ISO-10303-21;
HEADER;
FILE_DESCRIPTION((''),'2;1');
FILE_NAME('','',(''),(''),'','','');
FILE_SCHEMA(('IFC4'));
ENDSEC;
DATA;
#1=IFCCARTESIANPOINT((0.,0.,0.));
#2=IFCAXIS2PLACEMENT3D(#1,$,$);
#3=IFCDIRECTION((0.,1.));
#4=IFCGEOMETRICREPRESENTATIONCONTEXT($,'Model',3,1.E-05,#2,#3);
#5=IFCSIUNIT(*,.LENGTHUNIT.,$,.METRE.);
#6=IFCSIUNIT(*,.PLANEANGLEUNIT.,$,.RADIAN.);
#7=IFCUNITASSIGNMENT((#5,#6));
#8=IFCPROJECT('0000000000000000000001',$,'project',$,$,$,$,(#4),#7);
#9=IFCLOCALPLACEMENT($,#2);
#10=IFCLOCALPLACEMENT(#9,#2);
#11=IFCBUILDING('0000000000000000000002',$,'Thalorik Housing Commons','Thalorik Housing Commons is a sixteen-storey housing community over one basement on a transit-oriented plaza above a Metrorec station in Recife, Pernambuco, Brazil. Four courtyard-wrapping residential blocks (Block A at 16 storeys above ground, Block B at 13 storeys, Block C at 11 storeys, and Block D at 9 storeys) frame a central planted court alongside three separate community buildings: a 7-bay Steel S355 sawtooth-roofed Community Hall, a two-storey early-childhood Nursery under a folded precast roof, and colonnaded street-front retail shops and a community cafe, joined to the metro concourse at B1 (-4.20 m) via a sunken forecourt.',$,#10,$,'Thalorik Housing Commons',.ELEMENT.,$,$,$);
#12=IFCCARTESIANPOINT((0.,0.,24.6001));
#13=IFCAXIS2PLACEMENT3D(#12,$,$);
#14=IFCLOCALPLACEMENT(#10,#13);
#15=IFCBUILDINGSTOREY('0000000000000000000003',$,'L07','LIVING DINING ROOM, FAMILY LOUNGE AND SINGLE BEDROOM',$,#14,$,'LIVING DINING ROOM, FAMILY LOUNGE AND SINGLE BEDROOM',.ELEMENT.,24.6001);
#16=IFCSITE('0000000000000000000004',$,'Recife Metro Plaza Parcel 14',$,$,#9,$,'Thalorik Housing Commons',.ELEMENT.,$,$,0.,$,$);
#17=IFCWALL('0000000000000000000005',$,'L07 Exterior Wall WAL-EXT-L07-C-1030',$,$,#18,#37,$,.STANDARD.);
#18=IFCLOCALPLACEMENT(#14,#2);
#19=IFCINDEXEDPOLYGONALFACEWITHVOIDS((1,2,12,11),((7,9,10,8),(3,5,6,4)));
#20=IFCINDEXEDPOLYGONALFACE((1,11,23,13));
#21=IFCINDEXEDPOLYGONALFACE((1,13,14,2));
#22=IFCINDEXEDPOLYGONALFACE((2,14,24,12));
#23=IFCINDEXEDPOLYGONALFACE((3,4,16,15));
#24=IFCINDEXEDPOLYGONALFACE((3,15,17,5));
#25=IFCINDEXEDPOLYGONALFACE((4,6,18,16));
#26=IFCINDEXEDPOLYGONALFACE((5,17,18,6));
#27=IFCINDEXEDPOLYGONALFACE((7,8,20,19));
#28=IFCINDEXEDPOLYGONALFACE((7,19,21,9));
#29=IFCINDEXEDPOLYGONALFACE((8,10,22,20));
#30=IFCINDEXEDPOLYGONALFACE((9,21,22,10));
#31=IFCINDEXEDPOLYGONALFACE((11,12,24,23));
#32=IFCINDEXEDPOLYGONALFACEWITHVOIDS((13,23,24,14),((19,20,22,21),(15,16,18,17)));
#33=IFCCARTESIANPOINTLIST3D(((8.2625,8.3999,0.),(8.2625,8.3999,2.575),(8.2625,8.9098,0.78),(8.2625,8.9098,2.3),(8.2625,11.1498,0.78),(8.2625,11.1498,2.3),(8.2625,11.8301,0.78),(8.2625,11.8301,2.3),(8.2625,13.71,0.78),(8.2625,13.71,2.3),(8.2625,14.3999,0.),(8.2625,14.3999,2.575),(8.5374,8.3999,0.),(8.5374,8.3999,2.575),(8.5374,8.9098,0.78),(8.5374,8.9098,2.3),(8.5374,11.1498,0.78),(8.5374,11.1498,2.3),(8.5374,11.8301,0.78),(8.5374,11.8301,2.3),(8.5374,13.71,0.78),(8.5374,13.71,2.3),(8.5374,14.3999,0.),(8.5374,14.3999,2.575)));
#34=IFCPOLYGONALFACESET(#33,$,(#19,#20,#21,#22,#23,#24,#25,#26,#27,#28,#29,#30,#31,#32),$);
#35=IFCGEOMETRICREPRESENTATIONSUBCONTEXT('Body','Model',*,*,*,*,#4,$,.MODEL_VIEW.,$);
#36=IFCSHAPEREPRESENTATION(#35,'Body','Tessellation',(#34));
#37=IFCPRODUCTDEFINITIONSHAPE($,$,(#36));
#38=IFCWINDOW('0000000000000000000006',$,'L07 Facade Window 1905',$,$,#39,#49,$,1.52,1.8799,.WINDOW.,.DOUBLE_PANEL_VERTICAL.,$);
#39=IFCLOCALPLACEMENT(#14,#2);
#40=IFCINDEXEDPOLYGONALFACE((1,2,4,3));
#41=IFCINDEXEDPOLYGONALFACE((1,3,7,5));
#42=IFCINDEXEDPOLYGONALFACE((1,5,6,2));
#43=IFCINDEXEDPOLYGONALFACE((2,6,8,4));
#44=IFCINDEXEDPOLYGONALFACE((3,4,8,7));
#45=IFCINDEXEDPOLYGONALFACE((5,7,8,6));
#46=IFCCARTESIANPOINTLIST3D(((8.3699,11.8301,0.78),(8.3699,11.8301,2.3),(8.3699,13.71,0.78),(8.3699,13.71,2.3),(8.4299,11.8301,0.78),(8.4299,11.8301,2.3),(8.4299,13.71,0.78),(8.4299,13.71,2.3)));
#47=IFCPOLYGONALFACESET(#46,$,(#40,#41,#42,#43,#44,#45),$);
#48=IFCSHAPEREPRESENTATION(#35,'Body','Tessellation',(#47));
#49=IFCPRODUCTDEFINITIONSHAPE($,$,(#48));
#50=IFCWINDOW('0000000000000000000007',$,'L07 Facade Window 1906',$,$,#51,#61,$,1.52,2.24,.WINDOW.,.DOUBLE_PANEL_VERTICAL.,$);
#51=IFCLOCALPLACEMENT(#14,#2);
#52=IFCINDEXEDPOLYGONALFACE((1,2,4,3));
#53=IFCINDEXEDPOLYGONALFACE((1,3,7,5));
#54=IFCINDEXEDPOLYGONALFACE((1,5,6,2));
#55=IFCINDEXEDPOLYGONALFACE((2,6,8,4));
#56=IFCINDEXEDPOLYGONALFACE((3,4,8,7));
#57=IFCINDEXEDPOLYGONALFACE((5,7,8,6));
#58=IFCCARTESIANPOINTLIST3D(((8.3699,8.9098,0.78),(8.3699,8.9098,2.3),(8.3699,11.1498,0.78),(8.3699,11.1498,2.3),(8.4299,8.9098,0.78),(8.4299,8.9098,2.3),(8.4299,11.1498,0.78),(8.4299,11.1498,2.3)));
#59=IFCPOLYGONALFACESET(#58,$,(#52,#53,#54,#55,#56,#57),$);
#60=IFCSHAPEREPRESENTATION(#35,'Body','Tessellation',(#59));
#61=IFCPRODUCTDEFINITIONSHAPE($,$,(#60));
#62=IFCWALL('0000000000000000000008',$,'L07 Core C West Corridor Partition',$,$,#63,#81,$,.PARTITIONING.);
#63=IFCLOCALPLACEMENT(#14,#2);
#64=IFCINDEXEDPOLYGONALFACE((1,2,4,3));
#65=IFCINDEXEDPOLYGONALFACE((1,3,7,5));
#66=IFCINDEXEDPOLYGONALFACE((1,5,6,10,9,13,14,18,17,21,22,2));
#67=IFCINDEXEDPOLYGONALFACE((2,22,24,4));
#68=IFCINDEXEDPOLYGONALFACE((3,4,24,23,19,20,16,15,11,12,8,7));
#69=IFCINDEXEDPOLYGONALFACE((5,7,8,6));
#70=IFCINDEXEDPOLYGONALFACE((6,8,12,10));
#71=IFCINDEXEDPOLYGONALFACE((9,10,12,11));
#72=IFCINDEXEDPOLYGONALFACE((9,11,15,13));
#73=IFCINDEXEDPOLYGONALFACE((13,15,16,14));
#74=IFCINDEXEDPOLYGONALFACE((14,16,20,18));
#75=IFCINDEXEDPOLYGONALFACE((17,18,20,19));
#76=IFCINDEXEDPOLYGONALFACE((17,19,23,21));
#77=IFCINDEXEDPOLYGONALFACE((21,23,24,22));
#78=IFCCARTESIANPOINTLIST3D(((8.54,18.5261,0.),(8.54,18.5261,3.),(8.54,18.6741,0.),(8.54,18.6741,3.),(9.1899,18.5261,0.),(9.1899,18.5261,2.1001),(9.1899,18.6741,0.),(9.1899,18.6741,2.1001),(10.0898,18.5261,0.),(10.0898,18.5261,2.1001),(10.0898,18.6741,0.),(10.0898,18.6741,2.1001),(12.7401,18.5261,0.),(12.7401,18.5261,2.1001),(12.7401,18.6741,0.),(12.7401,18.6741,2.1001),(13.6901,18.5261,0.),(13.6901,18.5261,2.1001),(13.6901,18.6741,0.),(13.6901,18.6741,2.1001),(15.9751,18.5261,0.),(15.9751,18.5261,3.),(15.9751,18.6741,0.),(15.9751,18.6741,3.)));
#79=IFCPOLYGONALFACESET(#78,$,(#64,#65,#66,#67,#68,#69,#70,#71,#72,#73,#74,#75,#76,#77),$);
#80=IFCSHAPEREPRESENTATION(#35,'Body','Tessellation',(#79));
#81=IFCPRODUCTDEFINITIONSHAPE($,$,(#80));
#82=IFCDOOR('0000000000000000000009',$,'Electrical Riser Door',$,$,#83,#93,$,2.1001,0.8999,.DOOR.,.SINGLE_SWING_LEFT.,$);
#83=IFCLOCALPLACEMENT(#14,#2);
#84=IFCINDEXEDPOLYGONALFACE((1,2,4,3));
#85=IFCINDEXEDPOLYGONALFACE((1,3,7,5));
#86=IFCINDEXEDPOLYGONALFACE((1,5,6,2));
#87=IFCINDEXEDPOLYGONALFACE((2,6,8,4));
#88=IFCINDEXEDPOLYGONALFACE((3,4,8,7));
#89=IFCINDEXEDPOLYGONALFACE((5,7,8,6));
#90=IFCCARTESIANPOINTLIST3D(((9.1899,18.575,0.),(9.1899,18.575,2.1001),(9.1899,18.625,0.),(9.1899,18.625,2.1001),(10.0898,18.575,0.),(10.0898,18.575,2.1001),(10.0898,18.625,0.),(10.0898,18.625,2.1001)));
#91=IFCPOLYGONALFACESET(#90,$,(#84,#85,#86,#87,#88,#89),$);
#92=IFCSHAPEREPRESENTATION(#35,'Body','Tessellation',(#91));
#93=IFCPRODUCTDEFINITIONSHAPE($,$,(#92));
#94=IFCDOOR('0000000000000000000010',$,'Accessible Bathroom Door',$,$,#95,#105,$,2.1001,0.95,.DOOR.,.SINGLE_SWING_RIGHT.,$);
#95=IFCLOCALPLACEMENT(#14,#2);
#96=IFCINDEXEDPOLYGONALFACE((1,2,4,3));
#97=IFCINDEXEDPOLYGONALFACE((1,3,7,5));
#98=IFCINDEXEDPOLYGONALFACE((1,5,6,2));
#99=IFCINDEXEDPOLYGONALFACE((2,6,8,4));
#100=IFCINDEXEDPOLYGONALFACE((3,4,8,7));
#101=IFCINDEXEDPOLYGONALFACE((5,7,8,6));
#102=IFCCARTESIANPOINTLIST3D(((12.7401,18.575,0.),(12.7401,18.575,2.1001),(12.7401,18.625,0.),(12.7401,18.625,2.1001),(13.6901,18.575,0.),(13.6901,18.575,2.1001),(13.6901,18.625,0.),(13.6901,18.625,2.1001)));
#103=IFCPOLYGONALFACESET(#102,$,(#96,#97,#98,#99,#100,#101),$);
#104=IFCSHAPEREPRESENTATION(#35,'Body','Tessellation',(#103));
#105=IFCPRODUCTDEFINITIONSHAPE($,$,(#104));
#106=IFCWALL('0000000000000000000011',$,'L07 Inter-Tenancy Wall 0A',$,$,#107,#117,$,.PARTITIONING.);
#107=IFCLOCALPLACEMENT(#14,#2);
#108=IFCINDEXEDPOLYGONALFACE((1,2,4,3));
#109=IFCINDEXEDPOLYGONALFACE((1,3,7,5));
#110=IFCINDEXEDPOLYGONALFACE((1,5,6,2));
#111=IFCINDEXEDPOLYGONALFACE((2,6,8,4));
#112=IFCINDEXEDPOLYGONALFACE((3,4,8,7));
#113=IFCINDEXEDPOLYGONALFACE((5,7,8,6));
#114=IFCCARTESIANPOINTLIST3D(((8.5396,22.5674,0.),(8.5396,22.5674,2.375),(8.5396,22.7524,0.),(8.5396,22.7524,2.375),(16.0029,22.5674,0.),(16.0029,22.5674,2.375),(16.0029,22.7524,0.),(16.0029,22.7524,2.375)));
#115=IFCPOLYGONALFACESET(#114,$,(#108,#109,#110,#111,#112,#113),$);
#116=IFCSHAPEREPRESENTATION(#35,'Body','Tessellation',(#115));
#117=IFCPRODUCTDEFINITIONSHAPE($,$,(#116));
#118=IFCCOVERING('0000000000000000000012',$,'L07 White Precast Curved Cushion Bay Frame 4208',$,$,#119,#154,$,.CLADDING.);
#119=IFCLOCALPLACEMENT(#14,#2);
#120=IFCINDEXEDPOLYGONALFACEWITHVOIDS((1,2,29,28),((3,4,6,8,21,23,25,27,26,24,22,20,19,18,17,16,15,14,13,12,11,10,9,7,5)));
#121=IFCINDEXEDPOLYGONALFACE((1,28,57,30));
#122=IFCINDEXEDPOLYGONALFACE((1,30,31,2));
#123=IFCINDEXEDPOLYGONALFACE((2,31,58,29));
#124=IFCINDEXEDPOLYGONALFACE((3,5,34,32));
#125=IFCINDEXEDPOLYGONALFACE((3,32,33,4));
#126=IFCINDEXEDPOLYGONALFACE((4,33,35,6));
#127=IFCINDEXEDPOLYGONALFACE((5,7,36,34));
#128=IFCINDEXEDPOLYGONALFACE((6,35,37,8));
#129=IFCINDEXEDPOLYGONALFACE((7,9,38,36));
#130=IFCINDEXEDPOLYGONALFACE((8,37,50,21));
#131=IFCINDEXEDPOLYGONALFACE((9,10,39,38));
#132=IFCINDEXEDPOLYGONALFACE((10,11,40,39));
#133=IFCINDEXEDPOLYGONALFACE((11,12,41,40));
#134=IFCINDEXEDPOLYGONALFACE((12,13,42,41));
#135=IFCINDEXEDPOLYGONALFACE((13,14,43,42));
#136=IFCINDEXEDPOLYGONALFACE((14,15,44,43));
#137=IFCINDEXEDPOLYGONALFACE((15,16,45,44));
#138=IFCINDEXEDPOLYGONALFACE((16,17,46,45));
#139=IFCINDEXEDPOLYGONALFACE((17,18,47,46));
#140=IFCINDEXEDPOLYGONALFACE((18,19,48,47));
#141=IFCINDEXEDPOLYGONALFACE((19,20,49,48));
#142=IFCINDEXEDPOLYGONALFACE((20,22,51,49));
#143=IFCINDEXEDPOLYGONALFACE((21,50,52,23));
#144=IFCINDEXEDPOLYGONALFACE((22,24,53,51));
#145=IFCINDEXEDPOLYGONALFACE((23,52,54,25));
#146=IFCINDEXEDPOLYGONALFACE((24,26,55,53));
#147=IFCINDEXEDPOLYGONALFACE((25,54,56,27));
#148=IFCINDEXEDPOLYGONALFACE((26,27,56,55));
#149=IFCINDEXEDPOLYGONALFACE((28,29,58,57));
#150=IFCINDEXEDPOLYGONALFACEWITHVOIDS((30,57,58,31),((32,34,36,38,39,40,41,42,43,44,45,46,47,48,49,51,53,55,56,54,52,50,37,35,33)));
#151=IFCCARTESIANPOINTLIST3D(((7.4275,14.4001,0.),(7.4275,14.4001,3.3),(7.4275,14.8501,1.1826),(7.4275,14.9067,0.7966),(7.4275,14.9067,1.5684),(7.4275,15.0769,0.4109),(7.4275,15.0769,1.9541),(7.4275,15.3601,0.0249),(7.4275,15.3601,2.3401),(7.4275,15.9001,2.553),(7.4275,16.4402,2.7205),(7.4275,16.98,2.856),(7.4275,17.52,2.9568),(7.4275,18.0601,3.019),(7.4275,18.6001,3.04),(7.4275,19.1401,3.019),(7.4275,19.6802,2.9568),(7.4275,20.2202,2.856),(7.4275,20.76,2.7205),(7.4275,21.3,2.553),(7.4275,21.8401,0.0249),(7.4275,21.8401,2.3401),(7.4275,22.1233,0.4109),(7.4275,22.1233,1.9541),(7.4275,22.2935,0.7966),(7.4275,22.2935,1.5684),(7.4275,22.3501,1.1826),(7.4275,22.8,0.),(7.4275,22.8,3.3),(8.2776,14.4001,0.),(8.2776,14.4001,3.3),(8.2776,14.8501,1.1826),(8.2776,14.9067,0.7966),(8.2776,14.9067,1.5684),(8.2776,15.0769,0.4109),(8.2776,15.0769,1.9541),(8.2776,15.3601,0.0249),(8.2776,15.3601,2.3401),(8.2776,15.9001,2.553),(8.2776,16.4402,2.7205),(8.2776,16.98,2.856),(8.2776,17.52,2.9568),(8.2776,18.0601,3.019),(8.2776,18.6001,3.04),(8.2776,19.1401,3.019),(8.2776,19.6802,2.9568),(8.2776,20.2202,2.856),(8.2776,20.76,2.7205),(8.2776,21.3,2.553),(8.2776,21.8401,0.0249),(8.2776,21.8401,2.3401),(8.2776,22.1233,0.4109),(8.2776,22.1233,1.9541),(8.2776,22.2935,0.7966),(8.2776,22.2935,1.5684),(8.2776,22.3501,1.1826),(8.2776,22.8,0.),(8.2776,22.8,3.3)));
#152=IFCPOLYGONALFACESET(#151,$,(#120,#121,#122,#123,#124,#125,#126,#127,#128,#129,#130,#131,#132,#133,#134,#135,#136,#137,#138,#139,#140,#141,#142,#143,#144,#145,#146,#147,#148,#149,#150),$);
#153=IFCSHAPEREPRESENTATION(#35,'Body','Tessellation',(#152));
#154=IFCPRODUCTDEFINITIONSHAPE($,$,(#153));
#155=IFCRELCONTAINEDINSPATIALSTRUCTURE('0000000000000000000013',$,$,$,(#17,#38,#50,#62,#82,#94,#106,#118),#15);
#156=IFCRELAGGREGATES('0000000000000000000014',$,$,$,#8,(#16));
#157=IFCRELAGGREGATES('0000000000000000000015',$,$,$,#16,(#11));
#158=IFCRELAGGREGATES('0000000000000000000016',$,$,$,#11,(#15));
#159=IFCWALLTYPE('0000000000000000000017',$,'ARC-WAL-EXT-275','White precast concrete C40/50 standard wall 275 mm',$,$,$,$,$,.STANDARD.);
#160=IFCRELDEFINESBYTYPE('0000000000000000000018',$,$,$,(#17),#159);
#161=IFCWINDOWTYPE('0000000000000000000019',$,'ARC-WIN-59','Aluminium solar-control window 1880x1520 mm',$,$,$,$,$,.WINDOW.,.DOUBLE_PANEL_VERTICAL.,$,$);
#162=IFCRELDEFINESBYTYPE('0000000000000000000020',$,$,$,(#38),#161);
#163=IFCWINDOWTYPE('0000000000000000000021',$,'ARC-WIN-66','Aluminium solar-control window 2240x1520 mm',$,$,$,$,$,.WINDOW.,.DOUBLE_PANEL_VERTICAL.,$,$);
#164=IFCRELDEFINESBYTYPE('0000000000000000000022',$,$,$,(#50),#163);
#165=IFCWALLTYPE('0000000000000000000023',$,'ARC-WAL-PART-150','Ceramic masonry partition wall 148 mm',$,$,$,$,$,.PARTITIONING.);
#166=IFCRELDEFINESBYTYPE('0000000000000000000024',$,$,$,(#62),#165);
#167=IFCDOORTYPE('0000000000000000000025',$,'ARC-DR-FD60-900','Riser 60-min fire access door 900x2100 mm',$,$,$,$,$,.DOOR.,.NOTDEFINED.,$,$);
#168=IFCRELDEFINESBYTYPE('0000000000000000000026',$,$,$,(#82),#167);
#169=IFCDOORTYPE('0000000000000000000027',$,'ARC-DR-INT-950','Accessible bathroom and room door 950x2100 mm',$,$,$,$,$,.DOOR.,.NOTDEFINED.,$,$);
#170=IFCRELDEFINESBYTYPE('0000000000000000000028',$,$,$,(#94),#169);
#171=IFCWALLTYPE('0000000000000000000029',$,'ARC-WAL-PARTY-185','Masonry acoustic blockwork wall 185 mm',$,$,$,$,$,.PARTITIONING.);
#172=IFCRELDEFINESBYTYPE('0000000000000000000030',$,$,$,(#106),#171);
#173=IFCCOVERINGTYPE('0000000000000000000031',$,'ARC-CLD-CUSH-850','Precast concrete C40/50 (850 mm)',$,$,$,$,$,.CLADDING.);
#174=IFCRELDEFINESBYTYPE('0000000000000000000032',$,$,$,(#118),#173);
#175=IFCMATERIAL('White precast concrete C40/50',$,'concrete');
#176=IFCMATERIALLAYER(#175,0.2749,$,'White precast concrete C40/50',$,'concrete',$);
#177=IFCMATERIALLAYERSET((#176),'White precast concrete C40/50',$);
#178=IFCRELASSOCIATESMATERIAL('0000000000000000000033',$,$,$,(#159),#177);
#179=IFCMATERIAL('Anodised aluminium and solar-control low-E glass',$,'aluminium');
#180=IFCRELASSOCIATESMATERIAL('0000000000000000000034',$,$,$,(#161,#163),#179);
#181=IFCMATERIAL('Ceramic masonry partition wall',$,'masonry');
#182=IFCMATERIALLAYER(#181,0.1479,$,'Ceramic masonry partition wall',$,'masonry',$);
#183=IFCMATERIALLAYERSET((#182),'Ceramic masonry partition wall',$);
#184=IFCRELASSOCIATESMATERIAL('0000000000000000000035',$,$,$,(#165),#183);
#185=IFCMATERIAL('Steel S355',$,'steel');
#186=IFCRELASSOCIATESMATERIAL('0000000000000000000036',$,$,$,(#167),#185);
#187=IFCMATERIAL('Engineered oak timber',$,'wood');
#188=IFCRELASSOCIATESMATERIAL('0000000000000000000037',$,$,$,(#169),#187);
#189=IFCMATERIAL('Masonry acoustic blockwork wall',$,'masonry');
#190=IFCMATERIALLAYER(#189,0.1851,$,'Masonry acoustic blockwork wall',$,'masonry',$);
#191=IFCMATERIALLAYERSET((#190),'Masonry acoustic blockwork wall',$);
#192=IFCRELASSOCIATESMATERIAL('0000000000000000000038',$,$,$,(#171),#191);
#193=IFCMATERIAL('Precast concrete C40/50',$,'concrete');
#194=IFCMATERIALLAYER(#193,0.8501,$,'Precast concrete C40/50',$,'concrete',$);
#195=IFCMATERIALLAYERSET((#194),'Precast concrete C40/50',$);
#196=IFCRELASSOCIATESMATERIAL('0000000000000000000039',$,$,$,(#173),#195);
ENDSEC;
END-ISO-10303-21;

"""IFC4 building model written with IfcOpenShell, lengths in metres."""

from ifc_helpers import new_model, si_unit, direction, frame, frame_2d, origin, place, context, subcontext, project, spatial, polyline, rectangle, outline, extrude, material, layer, layer_set, type_object, element, fill, save


model = new_model("IFC4")

# Units and contexts
model_context = context("Model", 3, precision=1e-05, world=origin(), true_north=direction((0.0, 1.0)))
body_context = subcontext(model_context, "Body", "Model", "MODEL_VIEW")
ifc_project = project(units=[si_unit("LENGTHUNIT", "METRE"), si_unit("PLANEANGLEUNIT", "RADIAN")], contexts=[model_context])

# Site, building, storey
site_placement = place(None, origin())
site = spatial("IfcSite", under=ifc_project, at=site_placement, Name="Recife Metro Plaza Parcel 14", LongName="Thalorik Housing Commons", CompositionType="ELEMENT", RefElevation=0.0)
building_placement = place(site_placement, origin())
building = spatial("IfcBuilding", under=site, at=building_placement, Name="Thalorik Housing Commons", Description="Thalorik Housing Commons is a sixteen-storey housing community over one basement on a transit-oriented plaza above a Metrorec station in Recife, Pernambuco, Brazil. Four courtyard-wrapping residential blocks (Block A at 16 storeys above ground, Block B at 13 storeys, Block C at 11 storeys, and Block D at 9 storeys) frame a central planted court alongside three separate community buildings: a 7-bay Steel S355 sawtooth-roofed Community Hall, a two-storey early-childhood Nursery under a folded precast roof, and colonnaded street-front retail shops and a community cafe, joined to the metro concourse at B1 (-4.20 m) via a sunken forecourt.", LongName="Thalorik Housing Commons", CompositionType="ELEMENT")
storey_placement = place(building_placement, frame((0.0, 0.0, 24.6001)))
storey = spatial("IfcBuildingStorey", under=building, at=storey_placement, Name="L07", Description="LIVING DINING ROOM, FAMILY LOUNGE AND SINGLE BEDROOM", LongName="LIVING DINING ROOM, FAMILY LOUNGE AND SINGLE BEDROOM", CompositionType="ELEMENT", Elevation=24.6001)

# Shared definitions
ifc_material_1 = material(Name="Precast concrete C40/50", Category="concrete")

# Shared definitions
ifc_material_2 = material(Name="Steel S355", Category="steel")

# Wall, openings, windows
ifc_material_3 = material(Name="White precast concrete C40/50", Category="concrete")
ifc_layer_1 = layer(ifc_material_3, 0.2749, Name="White precast concrete C40/50", Category="concrete")
ifc_layer_set_1 = layer_set([ifc_layer_1], Name="White precast concrete C40/50")
wall_type_1 = type_object("IfcWallType", Name="ARC-WAL-EXT-275", Description="White precast concrete C40/50 standard wall 275 mm", PredefinedType="STANDARD", material=ifc_layer_set_1)
ifc_material_4 = material(Name="Anodised aluminium and solar-control low-E glass", Category="aluminium")
wall_1_placement = place(storey_placement, frame((8.3999, 14.3999, 0.0), z_axis=(0.0, 0.0, 1.0), x_axis=(0.0, -1.0, 0.0)))
wall_1 = element("IfcWall", 1, at=wall_1_placement, inside=storey, type_object=wall_type_1, Name="L07 Exterior Wall WAL-EXT-L07-C-1030", PredefinedType="STANDARD", context=body_context, shape_type="SweptSolid", body=[
    extrude(rectangle(XDim=6.0, YDim=0.2749, at=frame_2d((3.0, 0.0))), origin(), (0.0, 0.0, 1.0), 2.575),
])
opening_1_placement = place(wall_1_placement, frame((0.6899, 0.0, 0.78)))
opening_1 = element("IfcOpeningElement", 2, at=opening_1_placement, cuts=wall_1, PredefinedType="OPENING", context=body_context, shape_type="SweptSolid", body=[
    extrude(rectangle(XDim=1.8799, YDim=1.52, at=frame_2d((0.9399, 0.76))), frame((0.0, 0.1475, 0.0), z_axis=(0.0, -1.0, 0.0), x_axis=(1.0, 0.0, 0.0)), (0.0, 0.0, 1.0), 0.2949),
])
opening_2_placement = place(wall_1_placement, frame((3.25, 0.0, 0.78)))
opening_2 = element("IfcOpeningElement", 3, at=opening_2_placement, cuts=wall_1, PredefinedType="OPENING", context=body_context, shape_type="SweptSolid", body=[
    extrude(rectangle(XDim=2.24, YDim=1.52, at=frame_2d((1.1201, 0.76))), frame((0.0, 0.1475, 0.0), z_axis=(0.0, -1.0, 0.0), x_axis=(1.0, 0.0, 0.0)), (0.0, 0.0, 1.0), 0.2949),
])
window_type_1 = type_object("IfcWindowType", Name="ARC-WIN-59", Description="Aluminium solar-control window 1880x1520 mm", PartitioningType="DOUBLE_PANEL_VERTICAL", PredefinedType="WINDOW", material=ifc_material_4)
window_1_placement = place(opening_1_placement, origin())
window_1 = element("IfcWindow", 4, at=window_1_placement, inside=storey, type_object=window_type_1, Name="L07 Facade Window 1905", OverallHeight=1.52, OverallWidth=1.8799, PartitioningType="DOUBLE_PANEL_VERTICAL", PredefinedType="WINDOW", context=body_context, shape_type="SweptSolid", body=[
    extrude(rectangle(XDim=1.8799, YDim=1.52, at=frame_2d((0.9399, 0.76))), frame((0.0, 0.03, 0.0), z_axis=(0.0, -1.0, 0.0), x_axis=(1.0, 0.0, 0.0)), (0.0, 0.0, 1.0), 0.0601),
])
fill(opening_1, window_1)
window_type_2 = type_object("IfcWindowType", Name="ARC-WIN-66", Description="Aluminium solar-control window 2240x1520 mm", PartitioningType="DOUBLE_PANEL_VERTICAL", PredefinedType="WINDOW", material=ifc_material_4)
window_2_placement = place(opening_2_placement, origin())
window_2 = element("IfcWindow", 5, at=window_2_placement, inside=storey, type_object=window_type_2, Name="L07 Facade Window 1906", OverallHeight=1.52, OverallWidth=2.24, PartitioningType="DOUBLE_PANEL_VERTICAL", PredefinedType="WINDOW", context=body_context, shape_type="SweptSolid", body=[
    extrude(rectangle(XDim=2.24, YDim=1.52, at=frame_2d((1.1201, 0.76))), frame((0.0, 0.03, 0.0), z_axis=(0.0, -1.0, 0.0), x_axis=(1.0, 0.0, 0.0)), (0.0, 0.0, 1.0), 0.0601),
])
fill(opening_2, window_2)

# Wall, openings, doors
ifc_material_5 = material(Name="Ceramic masonry partition wall", Category="masonry")
ifc_layer_2 = layer(ifc_material_5, 0.1479, Name="Ceramic masonry partition wall", Category="masonry")
ifc_layer_set_2 = layer_set([ifc_layer_2], Name="Ceramic masonry partition wall")
wall_type_2 = type_object("IfcWallType", Name="ARC-WAL-PART-150", Description="Ceramic masonry partition wall 148 mm", PredefinedType="PARTITIONING", material=ifc_layer_set_2)
wall_2_placement = place(storey_placement, frame((8.54, 18.6001, 0.0), z_axis=(0.0, 0.0, 1.0), x_axis=(1.0, 0.0, 0.0)))
wall_2 = element("IfcWall", 6, at=wall_2_placement, inside=storey, type_object=wall_type_2, Name="L07 Core C West Corridor Partition", PredefinedType="PARTITIONING", context=body_context, shape_type="SweptSolid", body=[
    extrude(rectangle(XDim=7.4351, YDim=0.1479, at=frame_2d((3.7175, 0.0))), origin(), (0.0, 0.0, 1.0), 3.0),
])
opening_3_placement = place(wall_2_placement, frame((0.6499, 0.0, 0.0)))
opening_3 = element("IfcOpeningElement", 7, at=opening_3_placement, cuts=wall_2, PredefinedType="OPENING", context=body_context, shape_type="SweptSolid", body=[
    extrude(rectangle(XDim=0.8999, YDim=2.1001, at=frame_2d((0.45, 1.05))), frame((0.0, 0.084, 0.0), z_axis=(0.0, -1.0, 0.0), x_axis=(1.0, 0.0, 0.0)), (0.0, 0.0, 1.0), 0.168),
])
opening_4_placement = place(wall_2_placement, frame((4.2, 0.0, 0.0)))
opening_4 = element("IfcOpeningElement", 8, at=opening_4_placement, cuts=wall_2, PredefinedType="OPENING", context=body_context, shape_type="SweptSolid", body=[
    extrude(rectangle(XDim=0.95, YDim=2.1001, at=frame_2d((0.4751, 1.05))), frame((0.0, 0.084, 0.0), z_axis=(0.0, -1.0, 0.0), x_axis=(1.0, 0.0, 0.0)), (0.0, 0.0, 1.0), 0.168),
])
door_type_1 = type_object("IfcDoorType", Name="ARC-DR-FD60-900", Description="Riser 60-min fire access door 900x2100 mm", OperationType="NOTDEFINED", PredefinedType="DOOR", material=ifc_material_2)
door_1_placement = place(opening_3_placement, origin())
door_1 = element("IfcDoor", 9, at=door_1_placement, inside=storey, type_object=door_type_1, Name="Electrical Riser Door", OperationType="SINGLE_SWING_LEFT", OverallHeight=2.1001, OverallWidth=0.8999, PredefinedType="DOOR", context=body_context, shape_type="SweptSolid", body=[
    extrude(rectangle(XDim=0.8999, YDim=2.1001, at=frame_2d((0.45, 1.05))), frame((0.0, 0.0249, 0.0), z_axis=(0.0, -1.0, 0.0), x_axis=(1.0, 0.0, 0.0)), (0.0, 0.0, 1.0), 0.05),
])
fill(opening_3, door_1)
ifc_material_6 = material(Name="Engineered oak timber", Category="wood")
door_type_2 = type_object("IfcDoorType", Name="ARC-DR-INT-950", Description="Accessible bathroom and room door 950x2100 mm", OperationType="NOTDEFINED", PredefinedType="DOOR", material=ifc_material_6)
door_2_placement = place(opening_4_placement, origin())
door_2 = element("IfcDoor", 10, at=door_2_placement, inside=storey, type_object=door_type_2, Name="Accessible Bathroom Door", OperationType="SINGLE_SWING_RIGHT", OverallHeight=2.1001, OverallWidth=0.95, PredefinedType="DOOR", context=body_context, shape_type="SweptSolid", body=[
    extrude(rectangle(XDim=0.95, YDim=2.1001, at=frame_2d((0.4751, 1.05))), frame((0.0, 0.0249, 0.0), z_axis=(0.0, -1.0, 0.0), x_axis=(1.0, 0.0, 0.0)), (0.0, 0.0, 1.0), 0.05),
])
fill(opening_4, door_2)

# Wall
ifc_material_7 = material(Name="Masonry acoustic blockwork wall", Category="masonry")
ifc_layer_3 = layer(ifc_material_7, 0.1851, Name="Masonry acoustic blockwork wall", Category="masonry")
ifc_layer_set_3 = layer_set([ifc_layer_3], Name="Masonry acoustic blockwork wall")
wall_type_3 = type_object("IfcWallType", Name="ARC-WAL-PARTY-185", Description="Masonry acoustic blockwork wall 185 mm", PredefinedType="PARTITIONING", material=ifc_layer_set_3)
wall_3_placement = place(storey_placement, frame((8.5396, 22.6599, 0.0), z_axis=(0.0, 0.0, 1.0), x_axis=(1.0, 0.0, 0.0)))
element("IfcWall", 11, at=wall_3_placement, inside=storey, type_object=wall_type_3, Name="L07 Inter-Tenancy Wall 0A", PredefinedType="PARTITIONING", context=body_context, shape_type="SweptSolid", body=[
    extrude(rectangle(XDim=7.4634, YDim=0.1851, at=frame_2d((3.7317, 0.0))), origin(), (0.0, 0.0, 1.0), 2.375),
])

# Covering
ifc_layer_4 = layer(ifc_material_1, 0.8501, Name="Precast concrete C40/50", Category="concrete")
ifc_layer_set_4 = layer_set([ifc_layer_4], Name="Precast concrete C40/50")
covering_type_1 = type_object("IfcCoveringType", Name="ARC-CLD-CUSH-850", Description="Precast concrete C40/50 (850 mm)", PredefinedType="CLADDING", material=ifc_layer_set_4)
covering_1_placement = place(storey_placement, frame((7.8525, 18.6001, 0.0), z_axis=(0.0, 0.0, 1.0), x_axis=(0.0, -1.0, 0.0)))
element("IfcCovering", 12, at=covering_1_placement, inside=storey, type_object=covering_type_1, Name="L07 White Precast Curved Cushion Bay Frame 4208", PredefinedType="CLADDING", context=body_context, shape_type="SweptSolid", body=[
    extrude(outline(polyline([(-4.2, 0.0), (4.2, 0.0), (4.2, 3.3), (-4.2, 3.3), (-4.2, 0.0)]), holes=[polyline([(3.24, 0.0249), (3.5232, 0.4109), (3.6934, 0.7966), (3.75, 1.1826), (3.6934, 1.5684), (3.5232, 1.9541), (3.24, 2.3401), (2.7, 2.553), (2.1599, 2.7205), (1.6201, 2.856), (1.0801, 2.9568), (0.54, 3.019), (0.0, 3.04), (-0.54, 3.019), (-1.0801, 2.9568), (-1.6201, 2.856), (-2.1599, 2.7205), (-2.7, 2.553), (-3.24, 2.3401), (-3.5232, 1.9541), (-3.6934, 1.5684), (-3.75, 1.1826), (-3.6934, 0.7966), (-3.5232, 0.4109), (-3.24, 0.0249), (3.24, 0.0249)])]), frame((0.0, 0.425, 0.0), z_axis=(0.0, -1.0, 0.0), x_axis=(1.0, 0.0, 0.0)), (0.0, 0.0, 1.0), 0.8501),
])

save(model, "model.ifc")
